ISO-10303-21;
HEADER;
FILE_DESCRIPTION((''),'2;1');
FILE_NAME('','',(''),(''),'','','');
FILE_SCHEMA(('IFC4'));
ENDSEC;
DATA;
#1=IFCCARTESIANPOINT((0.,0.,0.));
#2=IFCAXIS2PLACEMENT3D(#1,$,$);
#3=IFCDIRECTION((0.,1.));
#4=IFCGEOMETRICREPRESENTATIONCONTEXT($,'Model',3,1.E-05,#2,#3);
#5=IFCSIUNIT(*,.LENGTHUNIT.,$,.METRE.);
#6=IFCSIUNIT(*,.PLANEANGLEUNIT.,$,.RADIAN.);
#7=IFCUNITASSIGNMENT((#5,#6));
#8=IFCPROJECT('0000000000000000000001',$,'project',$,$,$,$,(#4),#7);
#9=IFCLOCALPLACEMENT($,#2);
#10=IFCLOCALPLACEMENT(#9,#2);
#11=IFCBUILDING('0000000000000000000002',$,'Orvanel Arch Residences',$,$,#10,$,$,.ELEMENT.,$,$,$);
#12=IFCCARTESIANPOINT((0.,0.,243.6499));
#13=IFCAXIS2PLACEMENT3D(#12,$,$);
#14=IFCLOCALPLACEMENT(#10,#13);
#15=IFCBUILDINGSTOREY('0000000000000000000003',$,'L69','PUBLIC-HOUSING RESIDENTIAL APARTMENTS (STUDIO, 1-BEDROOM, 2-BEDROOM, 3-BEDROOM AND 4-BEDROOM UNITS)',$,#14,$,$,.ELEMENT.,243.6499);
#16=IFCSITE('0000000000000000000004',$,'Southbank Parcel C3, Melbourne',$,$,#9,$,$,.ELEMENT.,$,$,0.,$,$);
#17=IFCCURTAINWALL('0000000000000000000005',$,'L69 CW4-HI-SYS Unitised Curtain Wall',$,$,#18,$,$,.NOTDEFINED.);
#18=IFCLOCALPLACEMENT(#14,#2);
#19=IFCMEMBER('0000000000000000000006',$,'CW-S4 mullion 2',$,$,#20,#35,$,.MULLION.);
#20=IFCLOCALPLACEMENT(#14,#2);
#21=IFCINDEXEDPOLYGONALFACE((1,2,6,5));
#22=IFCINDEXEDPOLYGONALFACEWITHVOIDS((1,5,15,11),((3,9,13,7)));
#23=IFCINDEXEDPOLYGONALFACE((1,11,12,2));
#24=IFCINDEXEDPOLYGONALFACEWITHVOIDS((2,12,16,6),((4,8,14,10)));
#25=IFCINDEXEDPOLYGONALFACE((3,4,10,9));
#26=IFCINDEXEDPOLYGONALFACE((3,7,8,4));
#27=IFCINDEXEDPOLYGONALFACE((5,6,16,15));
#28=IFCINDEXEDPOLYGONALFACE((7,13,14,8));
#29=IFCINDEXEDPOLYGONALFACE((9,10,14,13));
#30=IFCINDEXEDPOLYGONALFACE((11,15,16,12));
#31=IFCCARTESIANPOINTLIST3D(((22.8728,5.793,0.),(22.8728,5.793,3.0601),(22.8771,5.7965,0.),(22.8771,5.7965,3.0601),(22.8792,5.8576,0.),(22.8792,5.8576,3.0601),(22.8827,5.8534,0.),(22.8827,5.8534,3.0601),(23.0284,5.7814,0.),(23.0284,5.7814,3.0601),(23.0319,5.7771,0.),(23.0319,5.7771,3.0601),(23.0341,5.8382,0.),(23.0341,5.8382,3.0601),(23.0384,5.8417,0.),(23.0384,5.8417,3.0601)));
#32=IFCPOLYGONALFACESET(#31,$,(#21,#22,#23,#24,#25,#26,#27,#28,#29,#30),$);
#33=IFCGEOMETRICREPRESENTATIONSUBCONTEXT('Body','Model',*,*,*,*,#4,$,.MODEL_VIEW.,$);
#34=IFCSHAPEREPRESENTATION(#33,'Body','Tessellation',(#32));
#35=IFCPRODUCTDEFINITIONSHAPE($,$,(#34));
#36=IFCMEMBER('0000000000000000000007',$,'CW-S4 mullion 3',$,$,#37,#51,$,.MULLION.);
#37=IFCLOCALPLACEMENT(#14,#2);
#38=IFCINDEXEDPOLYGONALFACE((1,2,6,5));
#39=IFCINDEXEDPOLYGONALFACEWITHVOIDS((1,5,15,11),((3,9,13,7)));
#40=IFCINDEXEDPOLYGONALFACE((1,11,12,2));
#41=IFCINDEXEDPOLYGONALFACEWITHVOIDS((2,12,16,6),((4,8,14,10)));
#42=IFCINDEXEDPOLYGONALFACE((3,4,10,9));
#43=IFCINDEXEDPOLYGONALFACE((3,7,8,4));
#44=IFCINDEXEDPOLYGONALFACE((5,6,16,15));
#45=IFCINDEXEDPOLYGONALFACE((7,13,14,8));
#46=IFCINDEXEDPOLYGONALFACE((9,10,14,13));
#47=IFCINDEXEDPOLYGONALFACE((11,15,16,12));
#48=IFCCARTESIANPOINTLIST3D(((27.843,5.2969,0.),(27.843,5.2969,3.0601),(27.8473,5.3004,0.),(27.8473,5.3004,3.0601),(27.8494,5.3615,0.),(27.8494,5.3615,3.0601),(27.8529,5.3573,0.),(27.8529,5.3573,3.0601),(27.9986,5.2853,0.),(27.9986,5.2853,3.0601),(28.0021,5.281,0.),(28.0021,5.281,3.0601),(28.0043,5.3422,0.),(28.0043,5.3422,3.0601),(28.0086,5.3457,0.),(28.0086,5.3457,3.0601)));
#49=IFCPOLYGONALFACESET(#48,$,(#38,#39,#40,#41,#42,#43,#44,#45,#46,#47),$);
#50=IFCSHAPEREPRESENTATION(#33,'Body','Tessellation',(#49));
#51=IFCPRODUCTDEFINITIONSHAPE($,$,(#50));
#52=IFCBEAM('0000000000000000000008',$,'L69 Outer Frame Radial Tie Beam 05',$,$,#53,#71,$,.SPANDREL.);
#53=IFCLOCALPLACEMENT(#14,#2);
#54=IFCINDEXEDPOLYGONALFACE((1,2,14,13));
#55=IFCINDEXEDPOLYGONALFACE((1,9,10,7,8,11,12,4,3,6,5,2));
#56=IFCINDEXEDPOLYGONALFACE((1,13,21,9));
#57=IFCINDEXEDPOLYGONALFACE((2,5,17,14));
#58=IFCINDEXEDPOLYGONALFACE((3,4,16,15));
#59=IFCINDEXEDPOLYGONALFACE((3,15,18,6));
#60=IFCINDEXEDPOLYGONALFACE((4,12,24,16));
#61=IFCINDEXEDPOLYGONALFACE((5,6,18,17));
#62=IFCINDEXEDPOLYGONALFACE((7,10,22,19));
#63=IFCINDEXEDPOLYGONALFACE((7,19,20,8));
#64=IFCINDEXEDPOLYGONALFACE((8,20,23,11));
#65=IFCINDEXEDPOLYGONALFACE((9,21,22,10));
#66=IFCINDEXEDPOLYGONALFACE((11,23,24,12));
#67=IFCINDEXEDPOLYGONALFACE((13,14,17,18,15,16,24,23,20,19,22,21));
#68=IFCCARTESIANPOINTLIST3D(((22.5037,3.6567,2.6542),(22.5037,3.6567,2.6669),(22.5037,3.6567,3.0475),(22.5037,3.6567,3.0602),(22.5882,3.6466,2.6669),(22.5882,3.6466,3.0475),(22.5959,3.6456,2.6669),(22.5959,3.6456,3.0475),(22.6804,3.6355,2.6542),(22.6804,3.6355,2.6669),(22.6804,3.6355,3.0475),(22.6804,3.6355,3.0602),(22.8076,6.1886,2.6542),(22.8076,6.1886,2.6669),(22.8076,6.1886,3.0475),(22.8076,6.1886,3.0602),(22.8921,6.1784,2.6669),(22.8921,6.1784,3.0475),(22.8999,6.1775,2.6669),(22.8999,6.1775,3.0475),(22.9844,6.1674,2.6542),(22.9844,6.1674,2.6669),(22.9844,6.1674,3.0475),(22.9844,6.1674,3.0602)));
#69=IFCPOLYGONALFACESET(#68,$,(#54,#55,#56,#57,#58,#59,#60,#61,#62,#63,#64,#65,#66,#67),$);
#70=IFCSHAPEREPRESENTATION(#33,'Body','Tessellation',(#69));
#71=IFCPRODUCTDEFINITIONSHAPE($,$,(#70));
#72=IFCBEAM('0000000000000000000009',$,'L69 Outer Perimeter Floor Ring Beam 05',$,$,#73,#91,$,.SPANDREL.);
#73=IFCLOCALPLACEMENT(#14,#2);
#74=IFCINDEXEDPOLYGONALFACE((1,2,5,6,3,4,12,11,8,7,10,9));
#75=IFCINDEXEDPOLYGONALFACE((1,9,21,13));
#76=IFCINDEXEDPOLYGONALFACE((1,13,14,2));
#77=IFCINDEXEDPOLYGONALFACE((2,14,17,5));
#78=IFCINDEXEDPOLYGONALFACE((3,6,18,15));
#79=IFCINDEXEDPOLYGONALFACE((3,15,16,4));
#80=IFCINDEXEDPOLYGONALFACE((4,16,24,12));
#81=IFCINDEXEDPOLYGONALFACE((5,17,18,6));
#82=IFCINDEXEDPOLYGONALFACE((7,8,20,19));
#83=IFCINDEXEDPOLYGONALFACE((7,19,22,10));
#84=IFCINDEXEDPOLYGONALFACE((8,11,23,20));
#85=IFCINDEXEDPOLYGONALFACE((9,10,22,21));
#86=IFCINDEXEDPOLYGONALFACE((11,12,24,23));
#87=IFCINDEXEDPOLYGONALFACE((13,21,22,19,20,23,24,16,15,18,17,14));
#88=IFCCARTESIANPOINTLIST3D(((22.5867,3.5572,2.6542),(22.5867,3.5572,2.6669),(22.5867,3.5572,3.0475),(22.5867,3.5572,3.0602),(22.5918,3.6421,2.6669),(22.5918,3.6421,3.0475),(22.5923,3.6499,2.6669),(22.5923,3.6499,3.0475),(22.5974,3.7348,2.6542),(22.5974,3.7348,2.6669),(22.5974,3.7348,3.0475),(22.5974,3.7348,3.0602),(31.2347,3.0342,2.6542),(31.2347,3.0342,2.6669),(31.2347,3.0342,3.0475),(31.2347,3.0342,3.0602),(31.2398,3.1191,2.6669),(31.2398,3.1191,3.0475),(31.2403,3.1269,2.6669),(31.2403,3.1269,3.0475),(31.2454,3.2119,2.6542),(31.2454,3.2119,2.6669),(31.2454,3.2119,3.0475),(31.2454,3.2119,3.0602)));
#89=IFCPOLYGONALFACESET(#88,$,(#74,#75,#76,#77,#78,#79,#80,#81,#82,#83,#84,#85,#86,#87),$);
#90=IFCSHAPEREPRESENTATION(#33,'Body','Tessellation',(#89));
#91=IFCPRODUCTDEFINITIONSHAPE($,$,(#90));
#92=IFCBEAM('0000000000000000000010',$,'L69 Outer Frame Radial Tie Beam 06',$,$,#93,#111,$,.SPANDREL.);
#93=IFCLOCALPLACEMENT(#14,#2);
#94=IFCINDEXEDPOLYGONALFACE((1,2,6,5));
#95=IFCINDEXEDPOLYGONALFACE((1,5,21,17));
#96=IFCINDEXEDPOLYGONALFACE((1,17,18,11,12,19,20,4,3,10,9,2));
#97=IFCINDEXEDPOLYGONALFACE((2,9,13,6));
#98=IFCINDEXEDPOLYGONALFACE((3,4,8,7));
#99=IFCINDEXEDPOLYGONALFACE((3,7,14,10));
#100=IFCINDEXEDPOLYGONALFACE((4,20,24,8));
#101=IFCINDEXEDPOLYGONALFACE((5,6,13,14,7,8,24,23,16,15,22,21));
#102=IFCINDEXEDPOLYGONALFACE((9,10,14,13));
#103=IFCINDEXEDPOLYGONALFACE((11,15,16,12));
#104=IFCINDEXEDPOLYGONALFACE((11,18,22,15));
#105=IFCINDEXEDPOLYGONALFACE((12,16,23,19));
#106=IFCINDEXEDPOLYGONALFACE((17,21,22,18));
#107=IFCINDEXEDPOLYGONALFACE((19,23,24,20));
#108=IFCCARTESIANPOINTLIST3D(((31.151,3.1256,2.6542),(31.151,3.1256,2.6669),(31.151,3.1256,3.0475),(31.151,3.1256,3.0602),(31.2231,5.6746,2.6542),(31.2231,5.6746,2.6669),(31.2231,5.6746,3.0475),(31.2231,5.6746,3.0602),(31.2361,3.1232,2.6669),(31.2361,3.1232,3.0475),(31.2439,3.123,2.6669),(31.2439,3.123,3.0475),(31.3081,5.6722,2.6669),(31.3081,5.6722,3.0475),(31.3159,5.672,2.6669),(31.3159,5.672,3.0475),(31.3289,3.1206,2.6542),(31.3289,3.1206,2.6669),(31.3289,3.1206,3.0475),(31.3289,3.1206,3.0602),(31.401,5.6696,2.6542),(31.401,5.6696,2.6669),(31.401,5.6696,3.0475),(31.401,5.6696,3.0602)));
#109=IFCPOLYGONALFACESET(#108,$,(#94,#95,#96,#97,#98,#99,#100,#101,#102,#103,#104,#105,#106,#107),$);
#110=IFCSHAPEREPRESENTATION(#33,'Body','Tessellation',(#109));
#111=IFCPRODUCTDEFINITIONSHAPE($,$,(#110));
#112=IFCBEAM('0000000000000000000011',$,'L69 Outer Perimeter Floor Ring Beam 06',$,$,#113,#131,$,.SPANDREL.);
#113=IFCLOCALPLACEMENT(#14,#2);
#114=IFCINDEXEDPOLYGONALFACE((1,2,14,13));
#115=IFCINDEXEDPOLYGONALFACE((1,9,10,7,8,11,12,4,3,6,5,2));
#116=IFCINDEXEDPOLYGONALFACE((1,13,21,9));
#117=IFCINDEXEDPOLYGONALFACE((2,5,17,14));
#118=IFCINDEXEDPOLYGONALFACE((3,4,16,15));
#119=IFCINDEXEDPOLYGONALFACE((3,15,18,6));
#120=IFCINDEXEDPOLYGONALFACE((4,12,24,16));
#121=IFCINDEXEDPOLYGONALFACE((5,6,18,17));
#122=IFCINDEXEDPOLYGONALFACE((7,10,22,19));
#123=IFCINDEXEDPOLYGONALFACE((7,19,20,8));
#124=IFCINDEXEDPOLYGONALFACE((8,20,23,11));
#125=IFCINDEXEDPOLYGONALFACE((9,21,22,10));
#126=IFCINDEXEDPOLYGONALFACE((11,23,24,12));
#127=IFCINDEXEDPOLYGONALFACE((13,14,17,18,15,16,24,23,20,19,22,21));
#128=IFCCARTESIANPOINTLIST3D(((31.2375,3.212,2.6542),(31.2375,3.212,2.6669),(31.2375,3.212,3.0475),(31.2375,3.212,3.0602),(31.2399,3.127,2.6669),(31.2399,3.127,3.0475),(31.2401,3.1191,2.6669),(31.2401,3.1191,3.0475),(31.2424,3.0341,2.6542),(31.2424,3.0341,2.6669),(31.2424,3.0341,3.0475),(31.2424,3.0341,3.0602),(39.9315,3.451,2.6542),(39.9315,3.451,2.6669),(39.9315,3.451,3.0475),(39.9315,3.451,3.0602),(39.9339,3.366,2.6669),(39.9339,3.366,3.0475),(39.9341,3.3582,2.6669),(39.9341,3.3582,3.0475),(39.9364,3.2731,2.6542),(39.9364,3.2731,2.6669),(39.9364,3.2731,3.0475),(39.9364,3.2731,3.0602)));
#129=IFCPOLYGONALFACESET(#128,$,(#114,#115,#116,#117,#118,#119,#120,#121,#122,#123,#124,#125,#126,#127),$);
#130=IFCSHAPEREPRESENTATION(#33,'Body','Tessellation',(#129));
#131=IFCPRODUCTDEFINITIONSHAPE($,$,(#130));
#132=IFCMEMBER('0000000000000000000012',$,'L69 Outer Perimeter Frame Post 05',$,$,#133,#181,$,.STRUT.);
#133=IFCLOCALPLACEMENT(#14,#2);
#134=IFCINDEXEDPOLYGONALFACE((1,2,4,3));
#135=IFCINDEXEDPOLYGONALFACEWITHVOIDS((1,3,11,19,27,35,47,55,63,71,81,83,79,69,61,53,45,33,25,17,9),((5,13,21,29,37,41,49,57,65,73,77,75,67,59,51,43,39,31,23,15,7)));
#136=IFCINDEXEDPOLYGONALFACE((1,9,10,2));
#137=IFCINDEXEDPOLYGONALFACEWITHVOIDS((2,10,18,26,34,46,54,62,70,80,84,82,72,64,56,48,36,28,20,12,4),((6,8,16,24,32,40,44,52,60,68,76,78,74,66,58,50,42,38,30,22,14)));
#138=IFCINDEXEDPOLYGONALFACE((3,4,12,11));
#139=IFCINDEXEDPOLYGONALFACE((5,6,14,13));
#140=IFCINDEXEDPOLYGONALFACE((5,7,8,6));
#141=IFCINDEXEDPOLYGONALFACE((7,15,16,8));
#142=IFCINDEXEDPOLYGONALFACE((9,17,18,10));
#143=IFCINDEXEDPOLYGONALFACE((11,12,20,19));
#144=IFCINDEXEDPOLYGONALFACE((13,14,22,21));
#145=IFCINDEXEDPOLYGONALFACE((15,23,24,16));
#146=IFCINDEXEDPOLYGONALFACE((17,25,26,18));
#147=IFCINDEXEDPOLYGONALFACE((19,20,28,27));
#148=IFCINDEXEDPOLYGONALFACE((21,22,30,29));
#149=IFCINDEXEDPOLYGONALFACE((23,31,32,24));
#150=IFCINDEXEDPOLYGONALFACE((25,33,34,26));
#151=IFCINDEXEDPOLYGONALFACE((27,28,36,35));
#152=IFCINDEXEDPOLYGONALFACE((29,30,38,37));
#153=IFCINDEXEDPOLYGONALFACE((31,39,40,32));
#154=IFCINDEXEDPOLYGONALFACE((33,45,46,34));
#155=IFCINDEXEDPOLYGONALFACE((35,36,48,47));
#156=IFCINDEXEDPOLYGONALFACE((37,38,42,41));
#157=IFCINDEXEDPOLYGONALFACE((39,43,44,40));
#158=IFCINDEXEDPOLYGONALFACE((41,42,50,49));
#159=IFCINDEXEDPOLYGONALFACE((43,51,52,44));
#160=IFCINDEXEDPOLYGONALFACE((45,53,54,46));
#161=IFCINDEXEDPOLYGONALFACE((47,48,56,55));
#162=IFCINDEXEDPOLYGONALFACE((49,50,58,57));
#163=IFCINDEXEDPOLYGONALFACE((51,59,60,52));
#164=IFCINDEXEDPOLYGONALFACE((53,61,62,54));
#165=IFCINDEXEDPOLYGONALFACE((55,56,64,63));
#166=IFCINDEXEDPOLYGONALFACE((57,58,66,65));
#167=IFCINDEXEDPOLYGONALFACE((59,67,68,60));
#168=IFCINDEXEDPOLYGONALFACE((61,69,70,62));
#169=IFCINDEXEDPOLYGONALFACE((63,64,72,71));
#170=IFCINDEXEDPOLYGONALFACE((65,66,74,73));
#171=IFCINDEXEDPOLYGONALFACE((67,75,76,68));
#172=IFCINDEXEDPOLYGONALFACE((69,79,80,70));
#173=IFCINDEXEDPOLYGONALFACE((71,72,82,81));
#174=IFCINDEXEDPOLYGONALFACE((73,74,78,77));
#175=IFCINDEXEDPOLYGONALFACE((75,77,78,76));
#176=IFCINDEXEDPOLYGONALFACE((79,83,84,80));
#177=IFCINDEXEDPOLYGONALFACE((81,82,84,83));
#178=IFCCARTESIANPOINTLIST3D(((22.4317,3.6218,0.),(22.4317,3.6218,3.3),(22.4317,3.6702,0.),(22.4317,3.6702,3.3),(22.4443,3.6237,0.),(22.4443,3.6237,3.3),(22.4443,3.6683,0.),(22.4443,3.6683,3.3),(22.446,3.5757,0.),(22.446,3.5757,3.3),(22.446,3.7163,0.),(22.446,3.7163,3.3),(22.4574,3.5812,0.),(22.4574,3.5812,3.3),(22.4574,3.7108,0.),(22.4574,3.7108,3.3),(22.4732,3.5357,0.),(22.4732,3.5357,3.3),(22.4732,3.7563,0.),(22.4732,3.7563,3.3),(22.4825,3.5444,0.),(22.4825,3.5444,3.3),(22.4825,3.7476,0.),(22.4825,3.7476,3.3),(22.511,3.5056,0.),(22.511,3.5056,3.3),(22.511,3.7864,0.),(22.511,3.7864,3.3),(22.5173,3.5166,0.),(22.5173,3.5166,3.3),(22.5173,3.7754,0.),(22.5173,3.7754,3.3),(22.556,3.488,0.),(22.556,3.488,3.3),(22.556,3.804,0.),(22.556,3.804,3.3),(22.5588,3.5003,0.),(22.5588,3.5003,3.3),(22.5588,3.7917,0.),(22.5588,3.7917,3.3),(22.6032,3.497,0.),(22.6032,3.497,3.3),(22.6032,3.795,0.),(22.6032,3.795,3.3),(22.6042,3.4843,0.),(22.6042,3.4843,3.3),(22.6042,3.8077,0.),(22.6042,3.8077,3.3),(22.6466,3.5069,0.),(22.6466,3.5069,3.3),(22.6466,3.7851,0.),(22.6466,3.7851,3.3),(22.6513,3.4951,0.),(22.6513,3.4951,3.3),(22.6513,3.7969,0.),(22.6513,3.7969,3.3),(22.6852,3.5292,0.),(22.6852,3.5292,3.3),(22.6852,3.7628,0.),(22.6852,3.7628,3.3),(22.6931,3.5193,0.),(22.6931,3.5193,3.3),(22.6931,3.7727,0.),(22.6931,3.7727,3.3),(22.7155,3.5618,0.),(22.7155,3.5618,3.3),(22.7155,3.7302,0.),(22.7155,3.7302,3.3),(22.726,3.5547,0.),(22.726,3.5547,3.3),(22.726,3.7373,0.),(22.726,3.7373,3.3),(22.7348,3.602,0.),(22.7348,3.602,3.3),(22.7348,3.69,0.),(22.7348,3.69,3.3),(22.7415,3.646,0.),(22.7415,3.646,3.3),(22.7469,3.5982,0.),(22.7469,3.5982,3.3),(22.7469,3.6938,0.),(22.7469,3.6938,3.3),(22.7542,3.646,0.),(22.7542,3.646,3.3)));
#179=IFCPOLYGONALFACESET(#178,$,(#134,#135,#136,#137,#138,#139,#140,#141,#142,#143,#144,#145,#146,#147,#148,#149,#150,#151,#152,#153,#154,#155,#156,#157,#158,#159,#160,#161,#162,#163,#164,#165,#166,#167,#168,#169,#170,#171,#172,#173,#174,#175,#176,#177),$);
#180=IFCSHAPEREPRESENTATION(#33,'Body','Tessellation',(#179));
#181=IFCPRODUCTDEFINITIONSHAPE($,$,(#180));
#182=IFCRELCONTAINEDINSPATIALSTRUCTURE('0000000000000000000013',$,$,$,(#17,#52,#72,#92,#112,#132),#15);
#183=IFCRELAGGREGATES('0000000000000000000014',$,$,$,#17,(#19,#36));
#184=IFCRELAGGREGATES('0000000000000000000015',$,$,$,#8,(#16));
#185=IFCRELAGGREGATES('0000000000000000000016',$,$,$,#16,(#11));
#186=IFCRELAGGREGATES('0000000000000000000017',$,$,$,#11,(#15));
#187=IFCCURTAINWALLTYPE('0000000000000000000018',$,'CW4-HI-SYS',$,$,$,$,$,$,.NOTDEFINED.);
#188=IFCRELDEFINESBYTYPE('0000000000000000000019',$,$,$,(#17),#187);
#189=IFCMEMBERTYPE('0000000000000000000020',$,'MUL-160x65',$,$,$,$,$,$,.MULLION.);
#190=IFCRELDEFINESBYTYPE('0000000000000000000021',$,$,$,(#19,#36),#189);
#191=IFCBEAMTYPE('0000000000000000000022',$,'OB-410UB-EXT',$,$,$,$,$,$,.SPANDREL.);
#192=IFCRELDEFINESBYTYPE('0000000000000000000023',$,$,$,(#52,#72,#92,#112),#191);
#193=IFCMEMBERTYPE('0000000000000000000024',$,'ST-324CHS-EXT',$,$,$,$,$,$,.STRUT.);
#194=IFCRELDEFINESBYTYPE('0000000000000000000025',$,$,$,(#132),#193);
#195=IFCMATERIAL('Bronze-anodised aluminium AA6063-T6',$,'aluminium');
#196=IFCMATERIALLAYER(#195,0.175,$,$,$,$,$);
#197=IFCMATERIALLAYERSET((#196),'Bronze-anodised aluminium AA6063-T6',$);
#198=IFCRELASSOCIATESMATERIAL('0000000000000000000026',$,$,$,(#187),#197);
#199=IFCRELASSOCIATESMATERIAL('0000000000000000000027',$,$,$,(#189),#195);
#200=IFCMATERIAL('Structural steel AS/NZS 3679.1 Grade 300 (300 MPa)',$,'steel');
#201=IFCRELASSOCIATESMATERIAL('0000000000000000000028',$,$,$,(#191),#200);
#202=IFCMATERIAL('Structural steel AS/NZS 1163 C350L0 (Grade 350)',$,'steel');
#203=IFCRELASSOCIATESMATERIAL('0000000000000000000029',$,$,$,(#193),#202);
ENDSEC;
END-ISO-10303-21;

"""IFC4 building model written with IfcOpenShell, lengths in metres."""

from ifc_helpers import new_model, si_unit, direction, frame, origin, origin_2d, place, context, subcontext, project, spatial, hollow_rectangle, hollow_circle, i_section, extrude, material, layer, layer_set, material_profile, profile_set, type_object, element, aggregate, save


model = new_model("IFC4")

# Units and contexts
model_context = context("Model", 3, precision=1e-05, world=origin(), true_north=direction((0.0, 1.0)))
body_context = subcontext(model_context, "Body", "Model", "MODEL_VIEW")
ifc_project = project(units=[si_unit("LENGTHUNIT", "METRE"), si_unit("PLANEANGLEUNIT", "RADIAN")], contexts=[model_context])

# Site, building, storey
site_placement = place(None, origin())
site = spatial("IfcSite", under=ifc_project, at=site_placement, Name="Southbank Parcel C3, Melbourne", CompositionType="ELEMENT", RefElevation=0.0)
building_placement = place(site_placement, origin())
building = spatial("IfcBuilding", under=site, at=building_placement, Name="Orvanel Arch Residences", CompositionType="ELEMENT")
storey_placement = place(building_placement, frame((0.0, 0.0, 243.6499)))
storey = spatial("IfcBuildingStorey", under=building, at=storey_placement, Name="L69", Description="PUBLIC-HOUSING RESIDENTIAL APARTMENTS (STUDIO, 1-BEDROOM, 2-BEDROOM, 3-BEDROOM AND 4-BEDROOM UNITS)", CompositionType="ELEMENT", Elevation=243.6499)

# Curtain wall, members
ifc_material_1 = material(Name="Bronze-anodised aluminium AA6063-T6", Category="aluminium")
ifc_layer_1 = layer(ifc_material_1, 0.175)
ifc_layer_set_1 = layer_set([ifc_layer_1], Name="Bronze-anodised aluminium AA6063-T6")
curtain_wall_type = type_object("IfcCurtainWallType", Name="CW4-HI-SYS", PredefinedType="NOTDEFINED", material=ifc_layer_set_1)
curtain_wall_placement = place(storey_placement, origin())
curtain_wall = element("IfcCurtainWall", 1, at=curtain_wall_placement, inside=storey, type_object=curtain_wall_type, Name="L69 CW4-HI-SYS Unitised Curtain Wall", PredefinedType="NOTDEFINED")
ifc_material_profile_1 = material_profile(ifc_material_1, hollow_rectangle(XDim=0.0649, YDim=0.1599, WallThickness=0.0039, at=origin_2d()), Name="ALU160x65x4")
ifc_profile_set_1 = profile_set([ifc_material_profile_1], Name="Bronze-anodised aluminium AA6063-T6")
member_type_1 = type_object("IfcMemberType", Name="MUL-160x65", PredefinedType="MULLION", material=ifc_profile_set_1)
member_1_placement = place(storey_placement, frame((22.9556, 5.8174, 0.0), z_axis=(0.0, 0.0, 1.0), x_axis=(0.099356, 0.995052, 0.0)))
member_1 = element("IfcMember", 2, at=member_1_placement, type_object=member_type_1, Name="CW-S4 mullion 2", PredefinedType="MULLION", context=body_context, shape_type="SweptSolid", body=[
    extrude(hollow_rectangle(XDim=0.0649, YDim=0.1599, WallThickness=0.0039, at=origin_2d()), origin(), (0.0, 0.0, 1.0), 3.0601),
])
member_2_placement = place(storey_placement, frame((27.9258, 5.3213, 0.0), z_axis=(0.0, 0.0, 1.0), x_axis=(0.099356, 0.995052, 0.0)))
member_2 = element("IfcMember", 3, at=member_2_placement, type_object=member_type_1, Name="CW-S4 mullion 3", PredefinedType="MULLION", context=body_context, shape_type="SweptSolid", body=[
    extrude(hollow_rectangle(XDim=0.0649, YDim=0.1599, WallThickness=0.0039, at=origin_2d()), origin(), (0.0, 0.0, 1.0), 3.0601),
])

# Beams
ifc_material_2 = material(Name="Structural steel AS/NZS 3679.1 Grade 300 (300 MPa)", Category="steel")
ifc_material_profile_2 = material_profile(ifc_material_2, i_section(OverallWidth=0.178, OverallDepth=0.406, WebThickness=0.0078, FlangeThickness=0.0127, at=origin_2d()), Name="410UB59.7")
ifc_profile_set_2 = profile_set([ifc_material_profile_2], Name="Structural steel AS/NZS 3679.1 Grade 300 (300 MPa)")
beam_type = type_object("IfcBeamType", Name="OB-410UB-EXT", PredefinedType="SPANDREL", material=ifc_profile_set_2)
beam_1_placement = place(storey_placement, frame((22.896, 6.178, 2.8572), z_axis=(-0.119191, -0.992871, 0.0), x_axis=(0.992871, -0.119191, 0.0)))
element("IfcBeam", 4, at=beam_1_placement, inside=storey, type_object=beam_type, Name="L69 Outer Frame Radial Tie Beam 05", PredefinedType="SPANDREL", context=body_context, shape_type="SweptSolid", body=[
    extrude(i_section(OverallWidth=0.178, OverallDepth=0.406, WebThickness=0.0078, FlangeThickness=0.0127, at=origin_2d()), origin(), (0.0, 0.0, 1.0), 2.55),
])
beam_2_placement = place(storey_placement, frame((22.592, 3.646, 2.8572), z_axis=(0.998177, -0.060361, 0.0), x_axis=(0.060361, 0.998177, 0.0)))
element("IfcBeam", 5, at=beam_2_placement, inside=storey, type_object=beam_type, Name="L69 Outer Perimeter Floor Ring Beam 05", PredefinedType="SPANDREL", context=body_context, shape_type="SweptSolid", body=[
    extrude(i_section(OverallWidth=0.178, OverallDepth=0.406, WebThickness=0.0078, FlangeThickness=0.0127, at=origin_2d()), origin(), (0.0, 0.0, 1.0), 8.6638),
])
beam_3_placement = place(storey_placement, frame((31.312, 5.6721, 2.8572), z_axis=(-0.028243, -0.999601, 0.0), x_axis=(0.999601, -0.028243, 0.0)))
element("IfcBeam", 6, at=beam_3_placement, inside=storey, type_object=beam_type, Name="L69 Outer Frame Radial Tie Beam 06", PredefinedType="SPANDREL", context=body_context, shape_type="SweptSolid", body=[
    extrude(i_section(OverallWidth=0.178, OverallDepth=0.406, WebThickness=0.0078, FlangeThickness=0.0127, at=origin_2d()), origin(), (0.0, 0.0, 1.0), 2.55),
])
beam_4_placement = place(storey_placement, frame((31.24, 3.123, 2.8572), z_axis=(0.999622, 0.027481, 0.0), x_axis=(-0.027481, 0.999622, 0.0)))
element("IfcBeam", 7, at=beam_4_placement, inside=storey, type_object=beam_type, Name="L69 Outer Perimeter Floor Ring Beam 06", PredefinedType="SPANDREL", context=body_context, shape_type="SweptSolid", body=[
    extrude(i_section(OverallWidth=0.178, OverallDepth=0.406, WebThickness=0.0078, FlangeThickness=0.0127, at=origin_2d()), origin(), (0.0, 0.0, 1.0), 8.6973),
])

# Member
ifc_material_3 = material(Name="Structural steel AS/NZS 1163 C350L0 (Grade 350)", Category="steel")
ifc_material_profile_3 = material_profile(ifc_material_3, hollow_circle(Radius=0.1621, WallThickness=0.0127, at=origin_2d()), Name="CHS324x12.7")
ifc_profile_set_3 = profile_set([ifc_material_profile_3], Name="Structural steel AS/NZS 1163 C350L0 (Grade 350)")
member_type_2 = type_object("IfcMemberType", Name="ST-324CHS-EXT", PredefinedType="STRUT", material=ifc_profile_set_3)
for number, where, z_axis, x_axis, name in (
    (8, (22.592, 3.646, 0.0), (0.0, 0.0, 1.0), (1.0, 0.0, 0.0), "L69 Outer Perimeter Frame Post 05"),
):
    element("IfcMember", number, at=place(storey_placement, frame(where, z_axis=z_axis, x_axis=x_axis)), inside=storey, type_object=member_type_2, Name=name, PredefinedType="STRUT", context=body_context, shape_type="SweptSolid", body=[
        extrude(hollow_circle(Radius=0.1621, WallThickness=0.0127, at=origin_2d()), origin(), (0.0, 0.0, 1.0), 3.3),
    ])

aggregate(curtain_wall, [member_1, member_2])

save(model, "model.ifc")
